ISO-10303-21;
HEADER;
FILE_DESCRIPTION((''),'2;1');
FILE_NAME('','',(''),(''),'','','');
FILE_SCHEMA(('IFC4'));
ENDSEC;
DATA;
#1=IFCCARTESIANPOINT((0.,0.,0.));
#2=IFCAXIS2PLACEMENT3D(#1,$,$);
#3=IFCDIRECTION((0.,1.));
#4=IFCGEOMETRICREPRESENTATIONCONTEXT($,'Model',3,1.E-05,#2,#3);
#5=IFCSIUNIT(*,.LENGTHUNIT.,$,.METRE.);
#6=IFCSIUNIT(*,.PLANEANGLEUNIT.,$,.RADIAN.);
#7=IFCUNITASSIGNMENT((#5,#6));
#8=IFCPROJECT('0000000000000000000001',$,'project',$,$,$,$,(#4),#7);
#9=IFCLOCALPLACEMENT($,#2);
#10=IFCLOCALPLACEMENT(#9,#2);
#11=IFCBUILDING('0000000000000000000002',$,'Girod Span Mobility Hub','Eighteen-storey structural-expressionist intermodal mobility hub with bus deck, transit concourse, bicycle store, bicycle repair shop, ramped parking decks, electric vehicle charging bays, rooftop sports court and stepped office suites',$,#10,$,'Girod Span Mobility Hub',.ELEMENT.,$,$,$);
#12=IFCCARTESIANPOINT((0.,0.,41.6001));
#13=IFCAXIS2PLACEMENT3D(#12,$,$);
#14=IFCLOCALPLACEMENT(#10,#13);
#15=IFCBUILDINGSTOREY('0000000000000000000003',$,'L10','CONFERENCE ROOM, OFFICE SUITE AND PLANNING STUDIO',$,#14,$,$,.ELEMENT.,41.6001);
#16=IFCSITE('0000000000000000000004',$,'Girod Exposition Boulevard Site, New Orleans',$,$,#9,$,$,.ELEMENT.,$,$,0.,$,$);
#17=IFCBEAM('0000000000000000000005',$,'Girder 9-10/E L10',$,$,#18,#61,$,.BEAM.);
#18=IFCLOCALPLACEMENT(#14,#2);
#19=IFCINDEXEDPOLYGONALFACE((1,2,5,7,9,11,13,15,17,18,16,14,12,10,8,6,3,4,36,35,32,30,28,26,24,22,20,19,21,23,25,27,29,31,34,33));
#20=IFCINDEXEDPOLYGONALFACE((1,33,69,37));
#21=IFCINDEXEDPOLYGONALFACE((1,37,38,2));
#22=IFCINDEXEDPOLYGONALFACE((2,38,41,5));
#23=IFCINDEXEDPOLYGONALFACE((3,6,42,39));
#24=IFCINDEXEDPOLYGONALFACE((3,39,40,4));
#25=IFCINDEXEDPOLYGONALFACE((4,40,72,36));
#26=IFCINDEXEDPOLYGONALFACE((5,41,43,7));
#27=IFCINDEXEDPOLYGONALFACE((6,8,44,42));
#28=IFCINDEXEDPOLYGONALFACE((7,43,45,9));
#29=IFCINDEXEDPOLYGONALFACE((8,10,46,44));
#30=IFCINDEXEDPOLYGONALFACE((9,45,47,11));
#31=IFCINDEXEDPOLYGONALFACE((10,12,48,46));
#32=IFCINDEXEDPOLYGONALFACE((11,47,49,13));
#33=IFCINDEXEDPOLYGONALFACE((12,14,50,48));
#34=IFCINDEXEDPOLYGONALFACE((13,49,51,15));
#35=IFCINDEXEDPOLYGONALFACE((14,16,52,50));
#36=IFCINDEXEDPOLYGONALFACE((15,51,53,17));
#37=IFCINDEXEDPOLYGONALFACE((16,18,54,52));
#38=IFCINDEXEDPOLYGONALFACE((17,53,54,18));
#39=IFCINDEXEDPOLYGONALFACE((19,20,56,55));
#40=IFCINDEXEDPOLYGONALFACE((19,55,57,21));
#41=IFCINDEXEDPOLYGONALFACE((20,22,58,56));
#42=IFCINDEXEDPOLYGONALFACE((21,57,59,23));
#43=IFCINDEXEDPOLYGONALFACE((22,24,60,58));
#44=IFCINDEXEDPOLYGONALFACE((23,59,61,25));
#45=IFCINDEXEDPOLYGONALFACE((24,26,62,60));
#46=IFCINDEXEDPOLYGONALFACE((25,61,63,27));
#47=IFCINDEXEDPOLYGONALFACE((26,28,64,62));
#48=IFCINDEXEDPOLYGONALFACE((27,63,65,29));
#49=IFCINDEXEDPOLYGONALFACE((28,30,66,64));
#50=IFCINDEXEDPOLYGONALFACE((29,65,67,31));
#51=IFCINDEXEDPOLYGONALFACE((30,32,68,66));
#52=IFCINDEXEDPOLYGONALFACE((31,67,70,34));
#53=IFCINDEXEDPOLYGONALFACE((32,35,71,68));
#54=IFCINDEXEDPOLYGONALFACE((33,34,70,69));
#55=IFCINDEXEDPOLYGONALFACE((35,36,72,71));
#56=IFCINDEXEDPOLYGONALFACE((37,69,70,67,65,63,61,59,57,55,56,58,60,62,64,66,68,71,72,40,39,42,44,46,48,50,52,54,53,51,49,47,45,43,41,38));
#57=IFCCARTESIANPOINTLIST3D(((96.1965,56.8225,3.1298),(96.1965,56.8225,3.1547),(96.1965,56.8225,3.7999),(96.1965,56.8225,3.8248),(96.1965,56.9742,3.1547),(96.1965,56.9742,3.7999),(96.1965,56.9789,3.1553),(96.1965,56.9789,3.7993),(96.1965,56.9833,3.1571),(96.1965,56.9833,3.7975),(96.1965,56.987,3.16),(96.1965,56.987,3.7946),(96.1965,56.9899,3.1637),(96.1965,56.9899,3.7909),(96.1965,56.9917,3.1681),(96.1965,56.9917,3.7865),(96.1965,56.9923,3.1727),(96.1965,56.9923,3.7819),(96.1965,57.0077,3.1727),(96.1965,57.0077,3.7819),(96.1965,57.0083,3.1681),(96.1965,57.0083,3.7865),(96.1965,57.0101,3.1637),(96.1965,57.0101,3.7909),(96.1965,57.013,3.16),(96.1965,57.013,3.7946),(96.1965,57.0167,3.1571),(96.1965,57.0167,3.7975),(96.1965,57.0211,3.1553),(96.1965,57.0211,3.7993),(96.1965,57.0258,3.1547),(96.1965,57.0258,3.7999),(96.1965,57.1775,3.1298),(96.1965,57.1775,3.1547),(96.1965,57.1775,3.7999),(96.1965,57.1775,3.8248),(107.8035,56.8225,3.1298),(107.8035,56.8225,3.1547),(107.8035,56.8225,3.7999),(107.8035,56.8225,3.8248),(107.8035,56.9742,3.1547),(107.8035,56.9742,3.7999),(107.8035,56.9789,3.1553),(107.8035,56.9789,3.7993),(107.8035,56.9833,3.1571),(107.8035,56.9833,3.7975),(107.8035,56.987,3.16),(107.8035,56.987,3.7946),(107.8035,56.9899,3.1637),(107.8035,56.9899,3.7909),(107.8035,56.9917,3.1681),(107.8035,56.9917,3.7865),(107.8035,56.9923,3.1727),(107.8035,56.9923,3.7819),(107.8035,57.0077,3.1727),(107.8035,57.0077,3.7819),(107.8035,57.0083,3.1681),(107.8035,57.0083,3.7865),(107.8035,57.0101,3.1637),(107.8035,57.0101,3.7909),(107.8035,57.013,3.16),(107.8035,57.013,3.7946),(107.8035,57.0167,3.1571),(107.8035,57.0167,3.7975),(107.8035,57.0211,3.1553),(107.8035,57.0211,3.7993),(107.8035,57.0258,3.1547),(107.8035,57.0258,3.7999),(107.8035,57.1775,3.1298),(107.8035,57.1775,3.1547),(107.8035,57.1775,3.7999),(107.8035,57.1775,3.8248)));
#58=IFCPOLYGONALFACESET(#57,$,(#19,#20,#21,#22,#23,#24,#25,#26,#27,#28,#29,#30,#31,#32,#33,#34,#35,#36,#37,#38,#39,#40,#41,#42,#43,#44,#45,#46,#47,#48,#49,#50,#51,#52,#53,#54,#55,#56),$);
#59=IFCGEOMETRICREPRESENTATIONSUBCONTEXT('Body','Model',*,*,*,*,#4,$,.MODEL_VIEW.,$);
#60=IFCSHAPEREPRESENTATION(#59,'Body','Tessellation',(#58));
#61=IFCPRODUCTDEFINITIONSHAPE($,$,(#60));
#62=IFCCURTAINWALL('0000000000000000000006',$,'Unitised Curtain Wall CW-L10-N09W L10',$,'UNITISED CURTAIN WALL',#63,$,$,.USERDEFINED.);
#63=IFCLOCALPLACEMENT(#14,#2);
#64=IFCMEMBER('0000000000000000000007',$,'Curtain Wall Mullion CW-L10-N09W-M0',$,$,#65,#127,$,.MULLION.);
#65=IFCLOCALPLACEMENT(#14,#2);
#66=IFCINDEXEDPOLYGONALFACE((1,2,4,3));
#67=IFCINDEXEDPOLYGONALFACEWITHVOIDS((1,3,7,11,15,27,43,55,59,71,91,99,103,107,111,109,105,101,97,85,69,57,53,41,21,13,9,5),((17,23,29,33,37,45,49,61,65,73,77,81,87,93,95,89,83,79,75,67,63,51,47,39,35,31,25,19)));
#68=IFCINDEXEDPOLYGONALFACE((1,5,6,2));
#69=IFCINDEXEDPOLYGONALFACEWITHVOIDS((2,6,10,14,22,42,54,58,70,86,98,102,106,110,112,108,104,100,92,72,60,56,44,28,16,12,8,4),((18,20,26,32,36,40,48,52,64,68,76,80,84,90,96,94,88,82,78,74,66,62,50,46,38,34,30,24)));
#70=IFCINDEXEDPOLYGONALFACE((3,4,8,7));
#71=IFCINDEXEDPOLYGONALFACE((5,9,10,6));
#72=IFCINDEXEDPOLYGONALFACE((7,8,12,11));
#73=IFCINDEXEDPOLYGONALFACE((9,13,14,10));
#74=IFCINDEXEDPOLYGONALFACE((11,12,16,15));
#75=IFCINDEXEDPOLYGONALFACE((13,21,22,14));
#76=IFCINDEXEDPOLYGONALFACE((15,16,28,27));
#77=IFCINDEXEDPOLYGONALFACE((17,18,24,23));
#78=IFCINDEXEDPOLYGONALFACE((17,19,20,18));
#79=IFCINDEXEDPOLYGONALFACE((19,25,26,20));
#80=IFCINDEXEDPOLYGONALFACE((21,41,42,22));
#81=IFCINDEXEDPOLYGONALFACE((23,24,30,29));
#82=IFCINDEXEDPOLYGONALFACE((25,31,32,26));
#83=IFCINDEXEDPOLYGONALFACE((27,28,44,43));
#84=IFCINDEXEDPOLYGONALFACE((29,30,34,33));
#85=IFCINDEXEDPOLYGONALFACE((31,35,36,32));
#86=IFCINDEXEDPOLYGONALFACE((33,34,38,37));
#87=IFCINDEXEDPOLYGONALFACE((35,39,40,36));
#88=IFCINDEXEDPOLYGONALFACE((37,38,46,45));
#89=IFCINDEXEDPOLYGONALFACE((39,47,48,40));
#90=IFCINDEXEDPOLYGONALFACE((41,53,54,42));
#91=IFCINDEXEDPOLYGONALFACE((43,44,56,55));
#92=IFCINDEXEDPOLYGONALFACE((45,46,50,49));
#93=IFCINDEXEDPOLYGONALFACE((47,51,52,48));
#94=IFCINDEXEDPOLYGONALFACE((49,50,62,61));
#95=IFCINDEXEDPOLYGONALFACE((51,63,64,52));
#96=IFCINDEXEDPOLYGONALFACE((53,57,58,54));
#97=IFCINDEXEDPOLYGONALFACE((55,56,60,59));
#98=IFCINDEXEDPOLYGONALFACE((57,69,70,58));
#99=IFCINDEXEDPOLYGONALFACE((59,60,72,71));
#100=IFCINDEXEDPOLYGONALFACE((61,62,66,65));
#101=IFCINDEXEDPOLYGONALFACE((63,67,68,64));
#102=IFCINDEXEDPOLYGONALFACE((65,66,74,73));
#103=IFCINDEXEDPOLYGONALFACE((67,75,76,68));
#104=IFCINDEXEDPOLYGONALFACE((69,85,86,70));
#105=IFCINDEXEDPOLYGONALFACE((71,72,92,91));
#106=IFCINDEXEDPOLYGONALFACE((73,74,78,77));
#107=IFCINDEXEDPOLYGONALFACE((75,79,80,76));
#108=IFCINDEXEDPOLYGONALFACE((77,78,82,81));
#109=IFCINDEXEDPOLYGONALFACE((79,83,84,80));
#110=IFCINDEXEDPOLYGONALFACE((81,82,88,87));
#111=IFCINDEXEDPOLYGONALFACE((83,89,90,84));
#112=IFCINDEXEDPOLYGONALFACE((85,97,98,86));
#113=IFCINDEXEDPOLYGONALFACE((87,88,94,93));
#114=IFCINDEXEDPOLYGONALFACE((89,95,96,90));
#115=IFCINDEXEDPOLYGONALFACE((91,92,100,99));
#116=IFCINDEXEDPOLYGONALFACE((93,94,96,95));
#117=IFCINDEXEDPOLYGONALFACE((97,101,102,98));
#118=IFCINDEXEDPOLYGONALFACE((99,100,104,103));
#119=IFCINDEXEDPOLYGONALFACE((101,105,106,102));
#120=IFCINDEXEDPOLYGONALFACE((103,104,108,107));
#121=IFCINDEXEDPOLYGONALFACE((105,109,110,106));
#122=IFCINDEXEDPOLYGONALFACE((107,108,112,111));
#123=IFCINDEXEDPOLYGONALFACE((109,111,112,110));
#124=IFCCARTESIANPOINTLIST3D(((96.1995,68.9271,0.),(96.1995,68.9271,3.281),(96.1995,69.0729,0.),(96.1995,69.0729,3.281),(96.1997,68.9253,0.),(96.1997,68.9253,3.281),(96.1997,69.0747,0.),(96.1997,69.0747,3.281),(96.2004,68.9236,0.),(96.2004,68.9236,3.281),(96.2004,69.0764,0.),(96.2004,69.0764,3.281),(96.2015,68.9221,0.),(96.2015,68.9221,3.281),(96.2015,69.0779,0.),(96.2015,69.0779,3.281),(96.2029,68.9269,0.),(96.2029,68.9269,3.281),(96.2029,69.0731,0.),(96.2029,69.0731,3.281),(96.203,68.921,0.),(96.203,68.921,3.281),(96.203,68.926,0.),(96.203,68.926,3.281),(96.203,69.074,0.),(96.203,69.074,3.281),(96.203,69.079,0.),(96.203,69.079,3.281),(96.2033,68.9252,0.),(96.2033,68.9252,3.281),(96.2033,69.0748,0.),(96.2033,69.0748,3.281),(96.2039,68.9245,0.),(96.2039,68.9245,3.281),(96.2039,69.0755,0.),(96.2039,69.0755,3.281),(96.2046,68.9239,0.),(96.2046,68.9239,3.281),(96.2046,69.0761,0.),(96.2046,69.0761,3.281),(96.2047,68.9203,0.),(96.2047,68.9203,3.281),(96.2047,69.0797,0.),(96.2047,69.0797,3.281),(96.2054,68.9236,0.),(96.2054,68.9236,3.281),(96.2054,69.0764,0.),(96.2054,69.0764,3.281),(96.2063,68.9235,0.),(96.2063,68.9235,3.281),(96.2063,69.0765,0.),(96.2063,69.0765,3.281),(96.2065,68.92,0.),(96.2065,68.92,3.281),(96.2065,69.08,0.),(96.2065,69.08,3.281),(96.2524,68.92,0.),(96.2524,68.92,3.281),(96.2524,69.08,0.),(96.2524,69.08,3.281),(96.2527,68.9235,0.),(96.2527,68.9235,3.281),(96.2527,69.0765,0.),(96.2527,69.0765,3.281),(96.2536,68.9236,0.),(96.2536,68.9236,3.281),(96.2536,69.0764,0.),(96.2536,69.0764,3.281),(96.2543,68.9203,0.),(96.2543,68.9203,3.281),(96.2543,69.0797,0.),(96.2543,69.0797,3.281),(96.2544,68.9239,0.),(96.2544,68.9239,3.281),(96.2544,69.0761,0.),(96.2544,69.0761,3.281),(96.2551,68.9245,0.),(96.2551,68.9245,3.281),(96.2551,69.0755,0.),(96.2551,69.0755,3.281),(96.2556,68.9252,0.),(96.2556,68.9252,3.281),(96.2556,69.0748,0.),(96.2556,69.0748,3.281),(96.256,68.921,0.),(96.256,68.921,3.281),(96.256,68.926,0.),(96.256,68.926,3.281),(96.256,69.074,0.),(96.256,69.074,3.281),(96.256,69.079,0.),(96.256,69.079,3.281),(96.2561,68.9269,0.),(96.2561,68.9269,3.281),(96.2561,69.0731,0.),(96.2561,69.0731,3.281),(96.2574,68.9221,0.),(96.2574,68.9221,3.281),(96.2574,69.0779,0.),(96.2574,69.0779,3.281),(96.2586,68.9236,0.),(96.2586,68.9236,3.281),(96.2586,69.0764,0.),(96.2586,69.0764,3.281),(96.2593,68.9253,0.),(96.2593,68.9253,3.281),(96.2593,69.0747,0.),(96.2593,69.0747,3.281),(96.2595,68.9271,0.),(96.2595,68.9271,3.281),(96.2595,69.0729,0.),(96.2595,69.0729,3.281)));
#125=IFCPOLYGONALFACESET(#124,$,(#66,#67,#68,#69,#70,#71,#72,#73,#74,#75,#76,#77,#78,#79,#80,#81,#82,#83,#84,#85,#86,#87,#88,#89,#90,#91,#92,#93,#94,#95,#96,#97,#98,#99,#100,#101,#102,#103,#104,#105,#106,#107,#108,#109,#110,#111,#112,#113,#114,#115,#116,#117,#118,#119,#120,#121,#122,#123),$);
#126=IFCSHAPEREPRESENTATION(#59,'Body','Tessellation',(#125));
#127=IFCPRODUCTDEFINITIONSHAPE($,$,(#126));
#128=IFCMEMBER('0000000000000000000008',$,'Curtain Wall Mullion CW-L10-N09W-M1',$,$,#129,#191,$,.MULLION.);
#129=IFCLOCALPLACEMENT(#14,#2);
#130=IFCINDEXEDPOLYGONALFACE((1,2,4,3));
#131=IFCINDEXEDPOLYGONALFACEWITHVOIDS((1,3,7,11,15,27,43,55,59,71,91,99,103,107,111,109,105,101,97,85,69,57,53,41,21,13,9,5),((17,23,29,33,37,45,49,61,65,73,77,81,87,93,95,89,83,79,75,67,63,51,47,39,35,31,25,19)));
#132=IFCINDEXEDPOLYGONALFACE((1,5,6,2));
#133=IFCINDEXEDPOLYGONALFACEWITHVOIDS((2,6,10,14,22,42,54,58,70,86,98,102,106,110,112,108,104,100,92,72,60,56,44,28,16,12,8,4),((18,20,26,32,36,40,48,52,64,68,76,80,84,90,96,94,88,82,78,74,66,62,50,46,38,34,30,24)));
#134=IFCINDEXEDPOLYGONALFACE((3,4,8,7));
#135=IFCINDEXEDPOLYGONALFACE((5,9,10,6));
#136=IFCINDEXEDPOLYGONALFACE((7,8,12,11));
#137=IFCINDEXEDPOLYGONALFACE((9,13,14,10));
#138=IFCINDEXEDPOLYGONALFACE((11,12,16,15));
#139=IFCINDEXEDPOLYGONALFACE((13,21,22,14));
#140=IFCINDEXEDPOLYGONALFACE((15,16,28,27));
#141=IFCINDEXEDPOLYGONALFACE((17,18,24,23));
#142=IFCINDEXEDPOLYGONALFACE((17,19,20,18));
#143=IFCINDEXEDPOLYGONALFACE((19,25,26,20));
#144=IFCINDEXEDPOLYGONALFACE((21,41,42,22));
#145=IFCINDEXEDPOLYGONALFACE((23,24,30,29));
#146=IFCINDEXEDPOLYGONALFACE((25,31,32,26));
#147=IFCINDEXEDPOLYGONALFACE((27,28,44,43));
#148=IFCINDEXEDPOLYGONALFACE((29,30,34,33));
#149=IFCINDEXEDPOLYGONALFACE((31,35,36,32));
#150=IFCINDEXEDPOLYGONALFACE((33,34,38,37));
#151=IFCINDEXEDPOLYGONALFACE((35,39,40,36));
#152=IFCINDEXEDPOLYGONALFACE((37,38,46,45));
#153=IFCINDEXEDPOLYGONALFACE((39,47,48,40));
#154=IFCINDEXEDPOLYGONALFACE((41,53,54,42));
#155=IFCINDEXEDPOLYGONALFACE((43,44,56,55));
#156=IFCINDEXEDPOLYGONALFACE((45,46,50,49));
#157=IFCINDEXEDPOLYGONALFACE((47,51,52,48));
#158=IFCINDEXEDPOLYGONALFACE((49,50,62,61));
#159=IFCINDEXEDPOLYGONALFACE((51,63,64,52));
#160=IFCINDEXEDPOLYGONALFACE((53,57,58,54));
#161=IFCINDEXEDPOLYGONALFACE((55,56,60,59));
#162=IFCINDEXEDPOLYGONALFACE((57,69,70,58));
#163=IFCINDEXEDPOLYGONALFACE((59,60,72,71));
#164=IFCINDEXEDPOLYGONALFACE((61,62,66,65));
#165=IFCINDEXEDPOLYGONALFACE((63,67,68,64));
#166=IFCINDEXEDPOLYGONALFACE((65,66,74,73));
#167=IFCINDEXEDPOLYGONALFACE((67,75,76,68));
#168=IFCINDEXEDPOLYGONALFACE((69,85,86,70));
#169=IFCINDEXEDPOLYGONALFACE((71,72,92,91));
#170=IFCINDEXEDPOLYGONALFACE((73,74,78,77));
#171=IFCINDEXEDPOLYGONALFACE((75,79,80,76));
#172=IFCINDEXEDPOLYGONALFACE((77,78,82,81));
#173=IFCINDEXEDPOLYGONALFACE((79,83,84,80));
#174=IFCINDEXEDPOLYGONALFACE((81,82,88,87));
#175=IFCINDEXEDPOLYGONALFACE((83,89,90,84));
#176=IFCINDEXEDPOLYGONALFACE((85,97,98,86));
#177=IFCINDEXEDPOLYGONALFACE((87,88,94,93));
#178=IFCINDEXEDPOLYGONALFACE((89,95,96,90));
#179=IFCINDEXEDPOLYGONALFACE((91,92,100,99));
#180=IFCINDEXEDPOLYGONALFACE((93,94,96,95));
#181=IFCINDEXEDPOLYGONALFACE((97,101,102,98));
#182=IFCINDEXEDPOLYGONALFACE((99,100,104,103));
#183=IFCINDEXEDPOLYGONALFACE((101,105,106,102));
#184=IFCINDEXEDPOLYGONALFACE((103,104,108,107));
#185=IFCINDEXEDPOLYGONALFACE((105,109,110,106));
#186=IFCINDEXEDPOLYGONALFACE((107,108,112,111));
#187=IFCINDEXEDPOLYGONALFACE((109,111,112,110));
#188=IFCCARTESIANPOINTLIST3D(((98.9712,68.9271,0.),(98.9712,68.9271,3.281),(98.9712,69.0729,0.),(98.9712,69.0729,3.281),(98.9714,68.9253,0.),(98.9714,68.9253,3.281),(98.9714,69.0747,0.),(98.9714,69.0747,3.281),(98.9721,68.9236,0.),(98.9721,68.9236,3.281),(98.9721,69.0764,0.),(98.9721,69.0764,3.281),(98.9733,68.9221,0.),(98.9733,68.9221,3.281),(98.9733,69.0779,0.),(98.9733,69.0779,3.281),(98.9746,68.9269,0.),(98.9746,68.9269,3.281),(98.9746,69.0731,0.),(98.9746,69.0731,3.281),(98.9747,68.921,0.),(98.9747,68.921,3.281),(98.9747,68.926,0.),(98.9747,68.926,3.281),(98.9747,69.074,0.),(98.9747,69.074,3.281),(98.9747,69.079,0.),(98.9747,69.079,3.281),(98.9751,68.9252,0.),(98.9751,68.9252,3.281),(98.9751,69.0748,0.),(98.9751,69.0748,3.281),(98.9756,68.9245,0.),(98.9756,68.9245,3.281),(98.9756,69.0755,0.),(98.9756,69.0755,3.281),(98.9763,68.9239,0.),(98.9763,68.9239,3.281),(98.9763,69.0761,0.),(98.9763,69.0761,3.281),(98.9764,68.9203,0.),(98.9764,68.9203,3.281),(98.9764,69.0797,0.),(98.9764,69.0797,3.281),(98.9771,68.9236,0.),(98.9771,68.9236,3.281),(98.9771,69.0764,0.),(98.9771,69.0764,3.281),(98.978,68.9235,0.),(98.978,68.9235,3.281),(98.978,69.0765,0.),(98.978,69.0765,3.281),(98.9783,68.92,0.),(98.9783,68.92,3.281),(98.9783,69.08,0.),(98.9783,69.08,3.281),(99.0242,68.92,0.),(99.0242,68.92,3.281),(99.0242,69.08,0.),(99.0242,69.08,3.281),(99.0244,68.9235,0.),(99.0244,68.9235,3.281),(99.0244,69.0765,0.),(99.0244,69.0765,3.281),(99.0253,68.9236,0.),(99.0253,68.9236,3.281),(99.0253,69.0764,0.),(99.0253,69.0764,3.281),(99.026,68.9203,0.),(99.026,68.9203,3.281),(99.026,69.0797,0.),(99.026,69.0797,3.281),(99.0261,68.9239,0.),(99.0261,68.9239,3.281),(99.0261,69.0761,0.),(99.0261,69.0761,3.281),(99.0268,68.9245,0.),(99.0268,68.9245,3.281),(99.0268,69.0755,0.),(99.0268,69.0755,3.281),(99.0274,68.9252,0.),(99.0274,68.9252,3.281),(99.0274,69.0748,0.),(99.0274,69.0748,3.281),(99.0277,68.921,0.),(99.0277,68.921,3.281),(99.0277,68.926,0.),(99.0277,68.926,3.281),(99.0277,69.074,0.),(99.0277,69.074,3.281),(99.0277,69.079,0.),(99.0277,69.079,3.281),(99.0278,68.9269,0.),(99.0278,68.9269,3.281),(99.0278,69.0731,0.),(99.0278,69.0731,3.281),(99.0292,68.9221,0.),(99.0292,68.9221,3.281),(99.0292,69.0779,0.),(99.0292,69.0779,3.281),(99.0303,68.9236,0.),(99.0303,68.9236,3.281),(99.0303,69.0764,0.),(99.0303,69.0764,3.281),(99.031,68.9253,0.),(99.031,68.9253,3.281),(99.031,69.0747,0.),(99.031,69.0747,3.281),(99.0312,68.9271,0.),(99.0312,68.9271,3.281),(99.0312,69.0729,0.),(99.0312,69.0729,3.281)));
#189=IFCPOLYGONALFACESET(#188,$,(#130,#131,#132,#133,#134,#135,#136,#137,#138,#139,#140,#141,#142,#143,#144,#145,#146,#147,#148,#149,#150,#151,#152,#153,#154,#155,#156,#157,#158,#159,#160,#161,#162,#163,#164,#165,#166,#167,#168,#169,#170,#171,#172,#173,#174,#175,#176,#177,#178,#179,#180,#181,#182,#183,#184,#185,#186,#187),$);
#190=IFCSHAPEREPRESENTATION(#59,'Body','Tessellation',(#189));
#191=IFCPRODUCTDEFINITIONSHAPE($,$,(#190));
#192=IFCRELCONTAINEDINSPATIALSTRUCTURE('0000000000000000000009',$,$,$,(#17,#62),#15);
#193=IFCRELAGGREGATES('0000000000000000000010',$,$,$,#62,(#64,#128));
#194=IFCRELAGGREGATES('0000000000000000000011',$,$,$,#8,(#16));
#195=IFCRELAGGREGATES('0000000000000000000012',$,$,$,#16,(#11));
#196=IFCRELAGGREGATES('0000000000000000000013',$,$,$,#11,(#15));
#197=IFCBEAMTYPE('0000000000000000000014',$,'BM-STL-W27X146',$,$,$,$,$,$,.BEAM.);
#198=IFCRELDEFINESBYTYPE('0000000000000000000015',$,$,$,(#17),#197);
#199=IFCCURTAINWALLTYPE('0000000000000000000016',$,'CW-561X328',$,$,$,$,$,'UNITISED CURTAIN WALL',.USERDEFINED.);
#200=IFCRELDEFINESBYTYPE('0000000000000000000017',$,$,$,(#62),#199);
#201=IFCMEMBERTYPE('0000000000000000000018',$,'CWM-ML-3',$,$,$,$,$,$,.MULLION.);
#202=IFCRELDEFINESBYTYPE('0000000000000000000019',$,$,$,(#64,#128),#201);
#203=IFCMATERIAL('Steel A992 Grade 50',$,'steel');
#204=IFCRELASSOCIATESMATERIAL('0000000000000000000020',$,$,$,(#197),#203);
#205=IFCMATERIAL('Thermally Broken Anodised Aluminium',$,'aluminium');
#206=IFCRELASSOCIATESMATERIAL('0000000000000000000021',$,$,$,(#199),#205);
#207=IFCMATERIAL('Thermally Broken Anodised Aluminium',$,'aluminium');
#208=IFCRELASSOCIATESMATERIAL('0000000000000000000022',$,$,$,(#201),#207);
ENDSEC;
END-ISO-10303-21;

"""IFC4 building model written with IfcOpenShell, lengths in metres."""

from ifc_helpers import new_model, si_unit, direction, frame, origin, origin_2d, place, context, subcontext, project, spatial, hollow_rectangle, i_section, extrude, material, material_profile, profile_set, type_object, element, aggregate, save


model = new_model("IFC4")

# Units and contexts
model_context = context("Model", 3, precision=1e-05, world=origin(), true_north=direction((0.0, 1.0)))
body_context = subcontext(model_context, "Body", "Model", "MODEL_VIEW")
ifc_project = project(units=[si_unit("LENGTHUNIT", "METRE"), si_unit("PLANEANGLEUNIT", "RADIAN")], contexts=[model_context])

# Site, building, storey
site_placement = place(None, origin())
site = spatial("IfcSite", under=ifc_project, at=site_placement, Name="Girod Exposition Boulevard Site, New Orleans", CompositionType="ELEMENT", RefElevation=0.0)
building_placement = place(site_placement, origin())
building = spatial("IfcBuilding", under=site, at=building_placement, Name="Girod Span Mobility Hub", Description="Eighteen-storey structural-expressionist intermodal mobility hub with bus deck, transit concourse, bicycle store, bicycle repair shop, ramped parking decks, electric vehicle charging bays, rooftop sports court and stepped office suites", LongName="Girod Span Mobility Hub", CompositionType="ELEMENT")
storey_placement = place(building_placement, frame((0.0, 0.0, 41.6001)))
storey = spatial("IfcBuildingStorey", under=building, at=storey_placement, Name="L10", Description="CONFERENCE ROOM, OFFICE SUITE AND PLANNING STUDIO", CompositionType="ELEMENT", Elevation=41.6001)

# Beam
ifc_material_1 = material(Name="Steel A992 Grade 50", Category="steel")
ifc_material_profile_1 = material_profile(ifc_material_1, i_section(OverallWidth=0.355, OverallDepth=0.6951, WebThickness=0.0154, FlangeThickness=0.0249, FilletRadius=0.0181, at=origin_2d()), Name="W27X146")
ifc_profile_set_1 = profile_set([ifc_material_profile_1], Name="Steel A992 Grade 50")
beam_type_1 = type_object("IfcBeamType", Name="BM-STL-W27X146", PredefinedType="BEAM", material=ifc_profile_set_1)
beam_1_placement = place(storey_placement, frame((96.1965, 57.0, 3.4773), z_axis=(1.0, 0.0, 0.0), x_axis=(0.0, 1.0, 0.0)))
element("IfcBeam", 1, at=beam_1_placement, inside=storey, type_object=beam_type_1, Name="Girder 9-10/E L10", PredefinedType="BEAM", context=body_context, shape_type="SweptSolid", body=[
    extrude(i_section(OverallWidth=0.355, OverallDepth=0.6951, WebThickness=0.0154, FlangeThickness=0.0249, FilletRadius=0.0181, at=origin_2d()), origin(), (0.0, 0.0, 1.0), 11.6069),
])

# Curtain wall, members
ifc_material_2 = material(Name="Thermally Broken Anodised Aluminium", Category="aluminium")
curtain_wall_type = type_object("IfcCurtainWallType", Name="CW-561X328", ElementType="UNITISED CURTAIN WALL", PredefinedType="USERDEFINED", material=ifc_material_2)
curtain_wall_1_placement = place(storey_placement, origin())
curtain_wall_1 = element("IfcCurtainWall", 2, at=curtain_wall_1_placement, inside=storey, type_object=curtain_wall_type, Name="Unitised Curtain Wall CW-L10-N09W L10", ObjectType="UNITISED CURTAIN WALL", PredefinedType="USERDEFINED")
ifc_material_3 = material(Name="Thermally Broken Anodised Aluminium", Category="aluminium")
ifc_material_profile_2 = material_profile(ifc_material_3, hollow_rectangle(XDim=0.1599, YDim=0.0601, WallThickness=0.0034, InnerFilletRadius=0.0034, OuterFilletRadius=0.0071, at=origin_2d()), Name="CW-ML-60X160")
ifc_profile_set_2 = profile_set([ifc_material_profile_2], Name="Thermally Broken Anodised Aluminium")
member_type_1 = type_object("IfcMemberType", Name="CWM-ML-3", PredefinedType="MULLION", material=ifc_profile_set_2)
member_1_placement = place(storey_placement, frame((96.2295, 69.0, 0.0), z_axis=(0.0, 0.0, 1.0), x_axis=(0.0, 1.0, 0.0)))
member_1 = element("IfcMember", 3, at=member_1_placement, type_object=member_type_1, Name="Curtain Wall Mullion CW-L10-N09W-M0", PredefinedType="MULLION", context=body_context, shape_type="SweptSolid", body=[
    extrude(hollow_rectangle(XDim=0.1599, YDim=0.0601, WallThickness=0.0034, InnerFilletRadius=0.0034, OuterFilletRadius=0.0071, at=origin_2d()), origin(), (0.0, 0.0, 1.0), 3.281),
])
member_2_placement = place(storey_placement, frame((99.0012, 69.0, 0.0), z_axis=(0.0, 0.0, 1.0), x_axis=(0.0, 1.0, 0.0)))
member_2 = element("IfcMember", 4, at=member_2_placement, type_object=member_type_1, Name="Curtain Wall Mullion CW-L10-N09W-M1", PredefinedType="MULLION", context=body_context, shape_type="SweptSolid", body=[
    extrude(hollow_rectangle(XDim=0.1599, YDim=0.0601, WallThickness=0.0034, InnerFilletRadius=0.0034, OuterFilletRadius=0.0071, at=origin_2d()), origin(), (0.0, 0.0, 1.0), 3.281),
])

aggregate(curtain_wall_1, [member_1, member_2])

save(model, "model.ifc")
